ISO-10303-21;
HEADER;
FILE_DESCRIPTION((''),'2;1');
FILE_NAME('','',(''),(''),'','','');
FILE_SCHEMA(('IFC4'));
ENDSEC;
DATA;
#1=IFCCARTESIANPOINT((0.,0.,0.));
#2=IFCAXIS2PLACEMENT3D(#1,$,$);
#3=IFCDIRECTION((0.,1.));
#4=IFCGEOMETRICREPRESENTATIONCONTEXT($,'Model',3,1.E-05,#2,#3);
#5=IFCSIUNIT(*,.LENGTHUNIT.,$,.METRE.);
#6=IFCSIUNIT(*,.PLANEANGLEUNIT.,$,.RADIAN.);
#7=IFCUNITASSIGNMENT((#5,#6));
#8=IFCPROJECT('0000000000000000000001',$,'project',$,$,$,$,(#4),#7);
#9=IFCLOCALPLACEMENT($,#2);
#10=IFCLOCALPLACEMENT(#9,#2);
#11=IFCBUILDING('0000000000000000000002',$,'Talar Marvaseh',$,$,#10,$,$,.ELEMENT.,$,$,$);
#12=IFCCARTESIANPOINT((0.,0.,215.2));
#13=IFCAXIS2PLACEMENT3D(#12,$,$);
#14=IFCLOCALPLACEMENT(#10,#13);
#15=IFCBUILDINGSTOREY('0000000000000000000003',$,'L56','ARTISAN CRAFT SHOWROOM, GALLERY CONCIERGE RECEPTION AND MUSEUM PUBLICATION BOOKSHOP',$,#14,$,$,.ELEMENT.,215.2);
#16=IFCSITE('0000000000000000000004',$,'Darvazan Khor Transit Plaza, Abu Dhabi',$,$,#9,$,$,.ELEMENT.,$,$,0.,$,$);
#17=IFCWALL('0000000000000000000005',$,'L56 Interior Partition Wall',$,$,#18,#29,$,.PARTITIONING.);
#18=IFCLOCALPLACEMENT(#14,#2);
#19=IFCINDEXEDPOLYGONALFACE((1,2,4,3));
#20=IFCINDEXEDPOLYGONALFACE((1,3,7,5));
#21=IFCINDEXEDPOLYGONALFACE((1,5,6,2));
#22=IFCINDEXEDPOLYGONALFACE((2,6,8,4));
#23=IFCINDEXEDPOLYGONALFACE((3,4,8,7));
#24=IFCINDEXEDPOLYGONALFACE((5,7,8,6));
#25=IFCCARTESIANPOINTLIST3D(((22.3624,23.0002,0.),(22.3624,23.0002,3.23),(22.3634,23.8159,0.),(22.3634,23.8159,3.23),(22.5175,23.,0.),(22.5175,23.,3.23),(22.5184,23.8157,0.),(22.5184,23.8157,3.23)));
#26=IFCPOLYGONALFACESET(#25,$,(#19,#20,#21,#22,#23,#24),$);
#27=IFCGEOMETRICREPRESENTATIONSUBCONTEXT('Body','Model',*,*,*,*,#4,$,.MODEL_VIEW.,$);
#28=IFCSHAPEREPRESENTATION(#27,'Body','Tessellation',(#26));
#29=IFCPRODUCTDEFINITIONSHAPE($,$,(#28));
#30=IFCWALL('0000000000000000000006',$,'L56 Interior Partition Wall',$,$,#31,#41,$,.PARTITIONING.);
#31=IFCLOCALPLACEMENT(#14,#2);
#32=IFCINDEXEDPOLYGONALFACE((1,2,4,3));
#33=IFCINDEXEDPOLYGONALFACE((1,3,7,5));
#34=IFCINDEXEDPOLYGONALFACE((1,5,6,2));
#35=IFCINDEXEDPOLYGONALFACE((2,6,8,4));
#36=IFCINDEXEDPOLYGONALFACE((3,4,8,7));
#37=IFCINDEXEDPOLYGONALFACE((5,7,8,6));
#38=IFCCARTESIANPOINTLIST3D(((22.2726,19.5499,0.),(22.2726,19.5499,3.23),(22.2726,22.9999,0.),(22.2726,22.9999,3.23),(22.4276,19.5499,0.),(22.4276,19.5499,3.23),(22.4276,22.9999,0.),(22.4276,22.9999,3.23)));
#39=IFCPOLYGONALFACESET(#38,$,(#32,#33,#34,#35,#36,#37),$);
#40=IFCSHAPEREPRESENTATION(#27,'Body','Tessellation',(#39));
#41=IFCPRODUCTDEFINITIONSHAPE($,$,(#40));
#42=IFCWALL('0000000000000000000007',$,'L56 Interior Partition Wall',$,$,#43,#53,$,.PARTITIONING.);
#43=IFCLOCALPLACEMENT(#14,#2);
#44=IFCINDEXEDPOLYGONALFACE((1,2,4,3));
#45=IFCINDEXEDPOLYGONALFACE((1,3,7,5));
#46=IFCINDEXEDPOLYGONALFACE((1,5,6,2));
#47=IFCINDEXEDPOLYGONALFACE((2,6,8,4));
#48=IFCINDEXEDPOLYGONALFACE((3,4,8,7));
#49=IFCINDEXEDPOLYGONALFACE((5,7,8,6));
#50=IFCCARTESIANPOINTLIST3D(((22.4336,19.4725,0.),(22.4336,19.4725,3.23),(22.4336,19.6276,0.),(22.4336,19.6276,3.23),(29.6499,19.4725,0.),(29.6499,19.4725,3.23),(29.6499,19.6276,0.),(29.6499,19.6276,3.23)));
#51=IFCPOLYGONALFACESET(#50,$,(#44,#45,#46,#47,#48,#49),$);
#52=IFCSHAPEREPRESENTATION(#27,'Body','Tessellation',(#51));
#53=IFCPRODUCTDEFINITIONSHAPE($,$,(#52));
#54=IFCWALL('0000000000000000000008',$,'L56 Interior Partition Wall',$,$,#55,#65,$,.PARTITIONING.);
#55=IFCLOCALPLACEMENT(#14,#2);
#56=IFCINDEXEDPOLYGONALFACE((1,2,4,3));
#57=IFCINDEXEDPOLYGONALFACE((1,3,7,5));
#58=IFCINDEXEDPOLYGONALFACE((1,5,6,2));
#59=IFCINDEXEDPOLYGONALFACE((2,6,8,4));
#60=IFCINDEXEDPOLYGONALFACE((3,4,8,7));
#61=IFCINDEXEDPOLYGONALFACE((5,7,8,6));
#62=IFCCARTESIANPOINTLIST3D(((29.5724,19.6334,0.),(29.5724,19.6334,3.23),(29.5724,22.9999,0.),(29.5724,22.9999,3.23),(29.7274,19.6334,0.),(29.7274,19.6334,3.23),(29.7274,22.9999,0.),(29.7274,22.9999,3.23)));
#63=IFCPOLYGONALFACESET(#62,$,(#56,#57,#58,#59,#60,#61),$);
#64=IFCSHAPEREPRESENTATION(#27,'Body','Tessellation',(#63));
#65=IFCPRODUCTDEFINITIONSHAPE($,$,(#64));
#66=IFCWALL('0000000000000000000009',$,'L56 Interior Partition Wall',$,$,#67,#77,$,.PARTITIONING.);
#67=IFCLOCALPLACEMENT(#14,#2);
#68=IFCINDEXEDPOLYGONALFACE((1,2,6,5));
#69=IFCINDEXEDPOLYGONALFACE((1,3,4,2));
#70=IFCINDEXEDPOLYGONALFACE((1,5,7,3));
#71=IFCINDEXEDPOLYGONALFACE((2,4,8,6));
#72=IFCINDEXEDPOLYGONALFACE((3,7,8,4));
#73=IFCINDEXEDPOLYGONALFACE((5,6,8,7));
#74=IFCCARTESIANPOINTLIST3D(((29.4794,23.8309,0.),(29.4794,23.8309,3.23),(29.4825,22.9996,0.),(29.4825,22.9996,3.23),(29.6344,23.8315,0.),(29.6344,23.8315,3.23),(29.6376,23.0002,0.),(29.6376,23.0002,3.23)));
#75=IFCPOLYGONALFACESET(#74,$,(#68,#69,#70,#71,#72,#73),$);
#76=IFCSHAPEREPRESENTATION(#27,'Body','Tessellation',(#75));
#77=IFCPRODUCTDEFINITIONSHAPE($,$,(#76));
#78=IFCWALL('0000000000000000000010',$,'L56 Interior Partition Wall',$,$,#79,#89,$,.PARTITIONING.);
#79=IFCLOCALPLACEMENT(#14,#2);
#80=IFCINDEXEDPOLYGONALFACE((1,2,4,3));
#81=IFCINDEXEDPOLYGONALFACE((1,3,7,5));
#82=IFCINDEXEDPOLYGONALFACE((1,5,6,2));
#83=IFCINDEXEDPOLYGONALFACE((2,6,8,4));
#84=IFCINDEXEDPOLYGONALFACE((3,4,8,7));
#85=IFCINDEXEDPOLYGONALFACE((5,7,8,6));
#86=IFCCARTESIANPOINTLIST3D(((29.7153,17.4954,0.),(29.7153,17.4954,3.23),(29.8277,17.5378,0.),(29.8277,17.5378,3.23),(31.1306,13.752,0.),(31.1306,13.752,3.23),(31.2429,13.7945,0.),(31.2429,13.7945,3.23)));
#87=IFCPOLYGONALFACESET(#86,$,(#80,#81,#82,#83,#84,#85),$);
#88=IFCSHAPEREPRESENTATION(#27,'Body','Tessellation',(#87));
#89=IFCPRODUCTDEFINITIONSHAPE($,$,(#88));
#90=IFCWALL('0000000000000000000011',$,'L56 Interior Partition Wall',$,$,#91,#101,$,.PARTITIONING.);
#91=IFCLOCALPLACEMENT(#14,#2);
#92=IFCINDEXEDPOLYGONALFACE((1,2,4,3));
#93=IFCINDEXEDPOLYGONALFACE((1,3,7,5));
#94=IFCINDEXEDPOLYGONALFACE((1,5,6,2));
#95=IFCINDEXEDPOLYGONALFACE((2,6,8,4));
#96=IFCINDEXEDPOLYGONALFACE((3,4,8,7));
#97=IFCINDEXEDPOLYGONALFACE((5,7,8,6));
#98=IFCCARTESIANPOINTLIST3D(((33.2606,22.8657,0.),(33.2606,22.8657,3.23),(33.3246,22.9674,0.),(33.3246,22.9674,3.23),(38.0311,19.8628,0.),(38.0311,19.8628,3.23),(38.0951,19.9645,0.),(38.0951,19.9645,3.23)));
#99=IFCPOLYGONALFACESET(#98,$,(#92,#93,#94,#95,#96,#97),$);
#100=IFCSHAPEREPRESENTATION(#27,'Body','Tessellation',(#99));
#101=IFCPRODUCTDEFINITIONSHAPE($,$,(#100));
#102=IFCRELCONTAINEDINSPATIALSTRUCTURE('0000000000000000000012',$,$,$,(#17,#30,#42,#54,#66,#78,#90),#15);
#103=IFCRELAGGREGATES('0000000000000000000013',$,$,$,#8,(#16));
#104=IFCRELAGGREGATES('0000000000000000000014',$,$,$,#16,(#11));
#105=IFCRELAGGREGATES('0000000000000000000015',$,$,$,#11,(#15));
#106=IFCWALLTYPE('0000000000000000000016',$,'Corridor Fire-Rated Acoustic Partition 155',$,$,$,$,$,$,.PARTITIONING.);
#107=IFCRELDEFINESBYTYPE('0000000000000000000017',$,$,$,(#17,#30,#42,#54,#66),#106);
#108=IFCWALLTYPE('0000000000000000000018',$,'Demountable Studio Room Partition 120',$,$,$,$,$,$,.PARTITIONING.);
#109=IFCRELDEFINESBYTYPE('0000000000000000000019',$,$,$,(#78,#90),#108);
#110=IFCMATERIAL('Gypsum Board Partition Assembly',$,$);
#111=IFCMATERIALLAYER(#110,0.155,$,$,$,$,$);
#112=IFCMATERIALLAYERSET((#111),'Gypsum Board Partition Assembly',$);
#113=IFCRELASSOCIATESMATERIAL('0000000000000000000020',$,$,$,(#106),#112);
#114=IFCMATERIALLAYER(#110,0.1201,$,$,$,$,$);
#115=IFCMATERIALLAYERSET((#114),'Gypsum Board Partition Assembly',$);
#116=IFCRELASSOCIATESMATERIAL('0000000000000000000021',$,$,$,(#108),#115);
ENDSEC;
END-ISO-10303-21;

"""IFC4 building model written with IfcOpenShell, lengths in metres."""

from ifc_helpers import new_model, si_unit, direction, frame, frame_2d, origin, place, context, subcontext, project, spatial, rectangle, extrude, material, layer, layer_set, type_object, element, save


model = new_model("IFC4")

# Units and contexts
model_context = context("Model", 3, precision=1e-05, world=origin(), true_north=direction((0.0, 1.0)))
body_context = subcontext(model_context, "Body", "Model", "MODEL_VIEW")
ifc_project = project(units=[si_unit("LENGTHUNIT", "METRE"), si_unit("PLANEANGLEUNIT", "RADIAN")], contexts=[model_context])

# Site, building, storey
site_placement = place(None, origin())
site = spatial("IfcSite", under=ifc_project, at=site_placement, Name="Darvazan Khor Transit Plaza, Abu Dhabi", CompositionType="ELEMENT", RefElevation=0.0)
building_placement = place(site_placement, origin())
building = spatial("IfcBuilding", under=site, at=building_placement, Name="Talar Marvaseh", CompositionType="ELEMENT")
storey_placement = place(building_placement, frame((0.0, 0.0, 215.2)))
storey = spatial("IfcBuildingStorey", under=building, at=storey_placement, Name="L56", Description="ARTISAN CRAFT SHOWROOM, GALLERY CONCIERGE RECEPTION AND MUSEUM PUBLICATION BOOKSHOP", CompositionType="ELEMENT", Elevation=215.2)

# Shared definitions
ifc_material_1 = material(Name="Gypsum Board Partition Assembly")
ifc_layer_1 = layer(ifc_material_1, 0.155)
ifc_layer_set_1 = layer_set([ifc_layer_1], Name="Gypsum Board Partition Assembly")
wall_type_1 = type_object("IfcWallType", Name="Corridor Fire-Rated Acoustic Partition 155", PredefinedType="PARTITIONING", material=ifc_layer_set_1)

# Walls
wall_1_placement = place(storey_placement, frame((22.4409, 23.8157, 0.0), z_axis=(0.0, 0.0, 1.0), x_axis=(-0.001197, -0.999999, 0.0)))
element("IfcWall", 1, at=wall_1_placement, inside=storey, type_object=wall_type_1, Name="L56 Interior Partition Wall", PredefinedType="PARTITIONING", context=body_context, shape_type="SweptSolid", body=[
    extrude(rectangle(XDim=0.8157, YDim=0.155, at=frame_2d((0.4077, 0.0))), origin(), (0.0, 0.0, 1.0), 3.23),
])
wall_2_placement = place(storey_placement, frame((22.3501, 23.0, 0.0), z_axis=(0.0, 0.0, 1.0), x_axis=(0.0, -1.0, 0.0)))
element("IfcWall", 2, at=wall_2_placement, inside=storey, type_object=wall_type_1, Name="L56 Interior Partition Wall", PredefinedType="PARTITIONING", context=body_context, shape_type="SweptSolid", body=[
    extrude(rectangle(XDim=3.45, YDim=0.155, at=frame_2d((1.7251, 0.0))), origin(), (0.0, 0.0, 1.0), 3.23),
])
wall_3_placement = place(storey_placement, frame((22.4336, 19.55, 0.0), z_axis=(0.0, 0.0, 1.0), x_axis=(1.0, 0.0, 0.0)))
element("IfcWall", 3, at=wall_3_placement, inside=storey, type_object=wall_type_1, Name="L56 Interior Partition Wall", PredefinedType="PARTITIONING", context=body_context, shape_type="SweptSolid", body=[
    extrude(rectangle(XDim=7.2163, YDim=0.155, at=frame_2d((3.6082, 0.0))), origin(), (0.0, 0.0, 1.0), 3.23),
])
wall_4_placement = place(storey_placement, frame((29.6499, 19.6335, 0.0), z_axis=(0.0, 0.0, 1.0), x_axis=(0.0, 1.0, 0.0)))
element("IfcWall", 4, at=wall_4_placement, inside=storey, type_object=wall_type_1, Name="L56 Interior Partition Wall", PredefinedType="PARTITIONING", context=body_context, shape_type="SweptSolid", body=[
    extrude(rectangle(XDim=3.3665, YDim=0.155, at=frame_2d((1.6831, 0.0))), origin(), (0.0, 0.0, 1.0), 3.23),
])
wall_5_placement = place(storey_placement, frame((29.5601, 23.0, 0.0), z_axis=(0.0, 0.0, 1.0), x_axis=(-0.003818, 0.999993, 0.0)))
element("IfcWall", 5, at=wall_5_placement, inside=storey, type_object=wall_type_1, Name="L56 Interior Partition Wall", PredefinedType="PARTITIONING", context=body_context, shape_type="SweptSolid", body=[
    extrude(rectangle(XDim=0.8313, YDim=0.155, at=frame_2d((0.4155, 0.0))), origin(), (0.0, 0.0, 1.0), 3.23),
])
ifc_layer_2 = layer(ifc_material_1, 0.1201)
ifc_layer_set_2 = layer_set([ifc_layer_2], Name="Gypsum Board Partition Assembly")
wall_type_2 = type_object("IfcWallType", Name="Demountable Studio Room Partition 120", PredefinedType="PARTITIONING", material=ifc_layer_set_2)
wall_6_placement = place(storey_placement, frame((29.7715, 17.5166, 0.0), z_axis=(0.0, 0.0, 1.0), x_axis=(0.353643, -0.935381, 0.0)))
element("IfcWall", 6, at=wall_6_placement, inside=storey, type_object=wall_type_2, Name="L56 Interior Partition Wall", PredefinedType="PARTITIONING", context=body_context, shape_type="SweptSolid", body=[
    extrude(rectangle(XDim=4.002, YDim=0.1201, at=frame_2d((2.001, 0.0))), origin(), (0.0, 0.0, 1.0), 3.23),
])
wall_7_placement = place(storey_placement, frame((33.2927, 22.9165, 0.0), z_axis=(0.0, 0.0, 1.0), x_axis=(0.846291, -0.532721, 0.0)))
element("IfcWall", 7, at=wall_7_placement, inside=storey, type_object=wall_type_2, Name="L56 Interior Partition Wall", PredefinedType="PARTITIONING", context=body_context, shape_type="SweptSolid", body=[
    extrude(rectangle(XDim=5.637, YDim=0.1201, at=frame_2d((2.8184, 0.0))), origin(), (0.0, 0.0, 1.0), 3.23),
])

save(model, "model.ifc")
